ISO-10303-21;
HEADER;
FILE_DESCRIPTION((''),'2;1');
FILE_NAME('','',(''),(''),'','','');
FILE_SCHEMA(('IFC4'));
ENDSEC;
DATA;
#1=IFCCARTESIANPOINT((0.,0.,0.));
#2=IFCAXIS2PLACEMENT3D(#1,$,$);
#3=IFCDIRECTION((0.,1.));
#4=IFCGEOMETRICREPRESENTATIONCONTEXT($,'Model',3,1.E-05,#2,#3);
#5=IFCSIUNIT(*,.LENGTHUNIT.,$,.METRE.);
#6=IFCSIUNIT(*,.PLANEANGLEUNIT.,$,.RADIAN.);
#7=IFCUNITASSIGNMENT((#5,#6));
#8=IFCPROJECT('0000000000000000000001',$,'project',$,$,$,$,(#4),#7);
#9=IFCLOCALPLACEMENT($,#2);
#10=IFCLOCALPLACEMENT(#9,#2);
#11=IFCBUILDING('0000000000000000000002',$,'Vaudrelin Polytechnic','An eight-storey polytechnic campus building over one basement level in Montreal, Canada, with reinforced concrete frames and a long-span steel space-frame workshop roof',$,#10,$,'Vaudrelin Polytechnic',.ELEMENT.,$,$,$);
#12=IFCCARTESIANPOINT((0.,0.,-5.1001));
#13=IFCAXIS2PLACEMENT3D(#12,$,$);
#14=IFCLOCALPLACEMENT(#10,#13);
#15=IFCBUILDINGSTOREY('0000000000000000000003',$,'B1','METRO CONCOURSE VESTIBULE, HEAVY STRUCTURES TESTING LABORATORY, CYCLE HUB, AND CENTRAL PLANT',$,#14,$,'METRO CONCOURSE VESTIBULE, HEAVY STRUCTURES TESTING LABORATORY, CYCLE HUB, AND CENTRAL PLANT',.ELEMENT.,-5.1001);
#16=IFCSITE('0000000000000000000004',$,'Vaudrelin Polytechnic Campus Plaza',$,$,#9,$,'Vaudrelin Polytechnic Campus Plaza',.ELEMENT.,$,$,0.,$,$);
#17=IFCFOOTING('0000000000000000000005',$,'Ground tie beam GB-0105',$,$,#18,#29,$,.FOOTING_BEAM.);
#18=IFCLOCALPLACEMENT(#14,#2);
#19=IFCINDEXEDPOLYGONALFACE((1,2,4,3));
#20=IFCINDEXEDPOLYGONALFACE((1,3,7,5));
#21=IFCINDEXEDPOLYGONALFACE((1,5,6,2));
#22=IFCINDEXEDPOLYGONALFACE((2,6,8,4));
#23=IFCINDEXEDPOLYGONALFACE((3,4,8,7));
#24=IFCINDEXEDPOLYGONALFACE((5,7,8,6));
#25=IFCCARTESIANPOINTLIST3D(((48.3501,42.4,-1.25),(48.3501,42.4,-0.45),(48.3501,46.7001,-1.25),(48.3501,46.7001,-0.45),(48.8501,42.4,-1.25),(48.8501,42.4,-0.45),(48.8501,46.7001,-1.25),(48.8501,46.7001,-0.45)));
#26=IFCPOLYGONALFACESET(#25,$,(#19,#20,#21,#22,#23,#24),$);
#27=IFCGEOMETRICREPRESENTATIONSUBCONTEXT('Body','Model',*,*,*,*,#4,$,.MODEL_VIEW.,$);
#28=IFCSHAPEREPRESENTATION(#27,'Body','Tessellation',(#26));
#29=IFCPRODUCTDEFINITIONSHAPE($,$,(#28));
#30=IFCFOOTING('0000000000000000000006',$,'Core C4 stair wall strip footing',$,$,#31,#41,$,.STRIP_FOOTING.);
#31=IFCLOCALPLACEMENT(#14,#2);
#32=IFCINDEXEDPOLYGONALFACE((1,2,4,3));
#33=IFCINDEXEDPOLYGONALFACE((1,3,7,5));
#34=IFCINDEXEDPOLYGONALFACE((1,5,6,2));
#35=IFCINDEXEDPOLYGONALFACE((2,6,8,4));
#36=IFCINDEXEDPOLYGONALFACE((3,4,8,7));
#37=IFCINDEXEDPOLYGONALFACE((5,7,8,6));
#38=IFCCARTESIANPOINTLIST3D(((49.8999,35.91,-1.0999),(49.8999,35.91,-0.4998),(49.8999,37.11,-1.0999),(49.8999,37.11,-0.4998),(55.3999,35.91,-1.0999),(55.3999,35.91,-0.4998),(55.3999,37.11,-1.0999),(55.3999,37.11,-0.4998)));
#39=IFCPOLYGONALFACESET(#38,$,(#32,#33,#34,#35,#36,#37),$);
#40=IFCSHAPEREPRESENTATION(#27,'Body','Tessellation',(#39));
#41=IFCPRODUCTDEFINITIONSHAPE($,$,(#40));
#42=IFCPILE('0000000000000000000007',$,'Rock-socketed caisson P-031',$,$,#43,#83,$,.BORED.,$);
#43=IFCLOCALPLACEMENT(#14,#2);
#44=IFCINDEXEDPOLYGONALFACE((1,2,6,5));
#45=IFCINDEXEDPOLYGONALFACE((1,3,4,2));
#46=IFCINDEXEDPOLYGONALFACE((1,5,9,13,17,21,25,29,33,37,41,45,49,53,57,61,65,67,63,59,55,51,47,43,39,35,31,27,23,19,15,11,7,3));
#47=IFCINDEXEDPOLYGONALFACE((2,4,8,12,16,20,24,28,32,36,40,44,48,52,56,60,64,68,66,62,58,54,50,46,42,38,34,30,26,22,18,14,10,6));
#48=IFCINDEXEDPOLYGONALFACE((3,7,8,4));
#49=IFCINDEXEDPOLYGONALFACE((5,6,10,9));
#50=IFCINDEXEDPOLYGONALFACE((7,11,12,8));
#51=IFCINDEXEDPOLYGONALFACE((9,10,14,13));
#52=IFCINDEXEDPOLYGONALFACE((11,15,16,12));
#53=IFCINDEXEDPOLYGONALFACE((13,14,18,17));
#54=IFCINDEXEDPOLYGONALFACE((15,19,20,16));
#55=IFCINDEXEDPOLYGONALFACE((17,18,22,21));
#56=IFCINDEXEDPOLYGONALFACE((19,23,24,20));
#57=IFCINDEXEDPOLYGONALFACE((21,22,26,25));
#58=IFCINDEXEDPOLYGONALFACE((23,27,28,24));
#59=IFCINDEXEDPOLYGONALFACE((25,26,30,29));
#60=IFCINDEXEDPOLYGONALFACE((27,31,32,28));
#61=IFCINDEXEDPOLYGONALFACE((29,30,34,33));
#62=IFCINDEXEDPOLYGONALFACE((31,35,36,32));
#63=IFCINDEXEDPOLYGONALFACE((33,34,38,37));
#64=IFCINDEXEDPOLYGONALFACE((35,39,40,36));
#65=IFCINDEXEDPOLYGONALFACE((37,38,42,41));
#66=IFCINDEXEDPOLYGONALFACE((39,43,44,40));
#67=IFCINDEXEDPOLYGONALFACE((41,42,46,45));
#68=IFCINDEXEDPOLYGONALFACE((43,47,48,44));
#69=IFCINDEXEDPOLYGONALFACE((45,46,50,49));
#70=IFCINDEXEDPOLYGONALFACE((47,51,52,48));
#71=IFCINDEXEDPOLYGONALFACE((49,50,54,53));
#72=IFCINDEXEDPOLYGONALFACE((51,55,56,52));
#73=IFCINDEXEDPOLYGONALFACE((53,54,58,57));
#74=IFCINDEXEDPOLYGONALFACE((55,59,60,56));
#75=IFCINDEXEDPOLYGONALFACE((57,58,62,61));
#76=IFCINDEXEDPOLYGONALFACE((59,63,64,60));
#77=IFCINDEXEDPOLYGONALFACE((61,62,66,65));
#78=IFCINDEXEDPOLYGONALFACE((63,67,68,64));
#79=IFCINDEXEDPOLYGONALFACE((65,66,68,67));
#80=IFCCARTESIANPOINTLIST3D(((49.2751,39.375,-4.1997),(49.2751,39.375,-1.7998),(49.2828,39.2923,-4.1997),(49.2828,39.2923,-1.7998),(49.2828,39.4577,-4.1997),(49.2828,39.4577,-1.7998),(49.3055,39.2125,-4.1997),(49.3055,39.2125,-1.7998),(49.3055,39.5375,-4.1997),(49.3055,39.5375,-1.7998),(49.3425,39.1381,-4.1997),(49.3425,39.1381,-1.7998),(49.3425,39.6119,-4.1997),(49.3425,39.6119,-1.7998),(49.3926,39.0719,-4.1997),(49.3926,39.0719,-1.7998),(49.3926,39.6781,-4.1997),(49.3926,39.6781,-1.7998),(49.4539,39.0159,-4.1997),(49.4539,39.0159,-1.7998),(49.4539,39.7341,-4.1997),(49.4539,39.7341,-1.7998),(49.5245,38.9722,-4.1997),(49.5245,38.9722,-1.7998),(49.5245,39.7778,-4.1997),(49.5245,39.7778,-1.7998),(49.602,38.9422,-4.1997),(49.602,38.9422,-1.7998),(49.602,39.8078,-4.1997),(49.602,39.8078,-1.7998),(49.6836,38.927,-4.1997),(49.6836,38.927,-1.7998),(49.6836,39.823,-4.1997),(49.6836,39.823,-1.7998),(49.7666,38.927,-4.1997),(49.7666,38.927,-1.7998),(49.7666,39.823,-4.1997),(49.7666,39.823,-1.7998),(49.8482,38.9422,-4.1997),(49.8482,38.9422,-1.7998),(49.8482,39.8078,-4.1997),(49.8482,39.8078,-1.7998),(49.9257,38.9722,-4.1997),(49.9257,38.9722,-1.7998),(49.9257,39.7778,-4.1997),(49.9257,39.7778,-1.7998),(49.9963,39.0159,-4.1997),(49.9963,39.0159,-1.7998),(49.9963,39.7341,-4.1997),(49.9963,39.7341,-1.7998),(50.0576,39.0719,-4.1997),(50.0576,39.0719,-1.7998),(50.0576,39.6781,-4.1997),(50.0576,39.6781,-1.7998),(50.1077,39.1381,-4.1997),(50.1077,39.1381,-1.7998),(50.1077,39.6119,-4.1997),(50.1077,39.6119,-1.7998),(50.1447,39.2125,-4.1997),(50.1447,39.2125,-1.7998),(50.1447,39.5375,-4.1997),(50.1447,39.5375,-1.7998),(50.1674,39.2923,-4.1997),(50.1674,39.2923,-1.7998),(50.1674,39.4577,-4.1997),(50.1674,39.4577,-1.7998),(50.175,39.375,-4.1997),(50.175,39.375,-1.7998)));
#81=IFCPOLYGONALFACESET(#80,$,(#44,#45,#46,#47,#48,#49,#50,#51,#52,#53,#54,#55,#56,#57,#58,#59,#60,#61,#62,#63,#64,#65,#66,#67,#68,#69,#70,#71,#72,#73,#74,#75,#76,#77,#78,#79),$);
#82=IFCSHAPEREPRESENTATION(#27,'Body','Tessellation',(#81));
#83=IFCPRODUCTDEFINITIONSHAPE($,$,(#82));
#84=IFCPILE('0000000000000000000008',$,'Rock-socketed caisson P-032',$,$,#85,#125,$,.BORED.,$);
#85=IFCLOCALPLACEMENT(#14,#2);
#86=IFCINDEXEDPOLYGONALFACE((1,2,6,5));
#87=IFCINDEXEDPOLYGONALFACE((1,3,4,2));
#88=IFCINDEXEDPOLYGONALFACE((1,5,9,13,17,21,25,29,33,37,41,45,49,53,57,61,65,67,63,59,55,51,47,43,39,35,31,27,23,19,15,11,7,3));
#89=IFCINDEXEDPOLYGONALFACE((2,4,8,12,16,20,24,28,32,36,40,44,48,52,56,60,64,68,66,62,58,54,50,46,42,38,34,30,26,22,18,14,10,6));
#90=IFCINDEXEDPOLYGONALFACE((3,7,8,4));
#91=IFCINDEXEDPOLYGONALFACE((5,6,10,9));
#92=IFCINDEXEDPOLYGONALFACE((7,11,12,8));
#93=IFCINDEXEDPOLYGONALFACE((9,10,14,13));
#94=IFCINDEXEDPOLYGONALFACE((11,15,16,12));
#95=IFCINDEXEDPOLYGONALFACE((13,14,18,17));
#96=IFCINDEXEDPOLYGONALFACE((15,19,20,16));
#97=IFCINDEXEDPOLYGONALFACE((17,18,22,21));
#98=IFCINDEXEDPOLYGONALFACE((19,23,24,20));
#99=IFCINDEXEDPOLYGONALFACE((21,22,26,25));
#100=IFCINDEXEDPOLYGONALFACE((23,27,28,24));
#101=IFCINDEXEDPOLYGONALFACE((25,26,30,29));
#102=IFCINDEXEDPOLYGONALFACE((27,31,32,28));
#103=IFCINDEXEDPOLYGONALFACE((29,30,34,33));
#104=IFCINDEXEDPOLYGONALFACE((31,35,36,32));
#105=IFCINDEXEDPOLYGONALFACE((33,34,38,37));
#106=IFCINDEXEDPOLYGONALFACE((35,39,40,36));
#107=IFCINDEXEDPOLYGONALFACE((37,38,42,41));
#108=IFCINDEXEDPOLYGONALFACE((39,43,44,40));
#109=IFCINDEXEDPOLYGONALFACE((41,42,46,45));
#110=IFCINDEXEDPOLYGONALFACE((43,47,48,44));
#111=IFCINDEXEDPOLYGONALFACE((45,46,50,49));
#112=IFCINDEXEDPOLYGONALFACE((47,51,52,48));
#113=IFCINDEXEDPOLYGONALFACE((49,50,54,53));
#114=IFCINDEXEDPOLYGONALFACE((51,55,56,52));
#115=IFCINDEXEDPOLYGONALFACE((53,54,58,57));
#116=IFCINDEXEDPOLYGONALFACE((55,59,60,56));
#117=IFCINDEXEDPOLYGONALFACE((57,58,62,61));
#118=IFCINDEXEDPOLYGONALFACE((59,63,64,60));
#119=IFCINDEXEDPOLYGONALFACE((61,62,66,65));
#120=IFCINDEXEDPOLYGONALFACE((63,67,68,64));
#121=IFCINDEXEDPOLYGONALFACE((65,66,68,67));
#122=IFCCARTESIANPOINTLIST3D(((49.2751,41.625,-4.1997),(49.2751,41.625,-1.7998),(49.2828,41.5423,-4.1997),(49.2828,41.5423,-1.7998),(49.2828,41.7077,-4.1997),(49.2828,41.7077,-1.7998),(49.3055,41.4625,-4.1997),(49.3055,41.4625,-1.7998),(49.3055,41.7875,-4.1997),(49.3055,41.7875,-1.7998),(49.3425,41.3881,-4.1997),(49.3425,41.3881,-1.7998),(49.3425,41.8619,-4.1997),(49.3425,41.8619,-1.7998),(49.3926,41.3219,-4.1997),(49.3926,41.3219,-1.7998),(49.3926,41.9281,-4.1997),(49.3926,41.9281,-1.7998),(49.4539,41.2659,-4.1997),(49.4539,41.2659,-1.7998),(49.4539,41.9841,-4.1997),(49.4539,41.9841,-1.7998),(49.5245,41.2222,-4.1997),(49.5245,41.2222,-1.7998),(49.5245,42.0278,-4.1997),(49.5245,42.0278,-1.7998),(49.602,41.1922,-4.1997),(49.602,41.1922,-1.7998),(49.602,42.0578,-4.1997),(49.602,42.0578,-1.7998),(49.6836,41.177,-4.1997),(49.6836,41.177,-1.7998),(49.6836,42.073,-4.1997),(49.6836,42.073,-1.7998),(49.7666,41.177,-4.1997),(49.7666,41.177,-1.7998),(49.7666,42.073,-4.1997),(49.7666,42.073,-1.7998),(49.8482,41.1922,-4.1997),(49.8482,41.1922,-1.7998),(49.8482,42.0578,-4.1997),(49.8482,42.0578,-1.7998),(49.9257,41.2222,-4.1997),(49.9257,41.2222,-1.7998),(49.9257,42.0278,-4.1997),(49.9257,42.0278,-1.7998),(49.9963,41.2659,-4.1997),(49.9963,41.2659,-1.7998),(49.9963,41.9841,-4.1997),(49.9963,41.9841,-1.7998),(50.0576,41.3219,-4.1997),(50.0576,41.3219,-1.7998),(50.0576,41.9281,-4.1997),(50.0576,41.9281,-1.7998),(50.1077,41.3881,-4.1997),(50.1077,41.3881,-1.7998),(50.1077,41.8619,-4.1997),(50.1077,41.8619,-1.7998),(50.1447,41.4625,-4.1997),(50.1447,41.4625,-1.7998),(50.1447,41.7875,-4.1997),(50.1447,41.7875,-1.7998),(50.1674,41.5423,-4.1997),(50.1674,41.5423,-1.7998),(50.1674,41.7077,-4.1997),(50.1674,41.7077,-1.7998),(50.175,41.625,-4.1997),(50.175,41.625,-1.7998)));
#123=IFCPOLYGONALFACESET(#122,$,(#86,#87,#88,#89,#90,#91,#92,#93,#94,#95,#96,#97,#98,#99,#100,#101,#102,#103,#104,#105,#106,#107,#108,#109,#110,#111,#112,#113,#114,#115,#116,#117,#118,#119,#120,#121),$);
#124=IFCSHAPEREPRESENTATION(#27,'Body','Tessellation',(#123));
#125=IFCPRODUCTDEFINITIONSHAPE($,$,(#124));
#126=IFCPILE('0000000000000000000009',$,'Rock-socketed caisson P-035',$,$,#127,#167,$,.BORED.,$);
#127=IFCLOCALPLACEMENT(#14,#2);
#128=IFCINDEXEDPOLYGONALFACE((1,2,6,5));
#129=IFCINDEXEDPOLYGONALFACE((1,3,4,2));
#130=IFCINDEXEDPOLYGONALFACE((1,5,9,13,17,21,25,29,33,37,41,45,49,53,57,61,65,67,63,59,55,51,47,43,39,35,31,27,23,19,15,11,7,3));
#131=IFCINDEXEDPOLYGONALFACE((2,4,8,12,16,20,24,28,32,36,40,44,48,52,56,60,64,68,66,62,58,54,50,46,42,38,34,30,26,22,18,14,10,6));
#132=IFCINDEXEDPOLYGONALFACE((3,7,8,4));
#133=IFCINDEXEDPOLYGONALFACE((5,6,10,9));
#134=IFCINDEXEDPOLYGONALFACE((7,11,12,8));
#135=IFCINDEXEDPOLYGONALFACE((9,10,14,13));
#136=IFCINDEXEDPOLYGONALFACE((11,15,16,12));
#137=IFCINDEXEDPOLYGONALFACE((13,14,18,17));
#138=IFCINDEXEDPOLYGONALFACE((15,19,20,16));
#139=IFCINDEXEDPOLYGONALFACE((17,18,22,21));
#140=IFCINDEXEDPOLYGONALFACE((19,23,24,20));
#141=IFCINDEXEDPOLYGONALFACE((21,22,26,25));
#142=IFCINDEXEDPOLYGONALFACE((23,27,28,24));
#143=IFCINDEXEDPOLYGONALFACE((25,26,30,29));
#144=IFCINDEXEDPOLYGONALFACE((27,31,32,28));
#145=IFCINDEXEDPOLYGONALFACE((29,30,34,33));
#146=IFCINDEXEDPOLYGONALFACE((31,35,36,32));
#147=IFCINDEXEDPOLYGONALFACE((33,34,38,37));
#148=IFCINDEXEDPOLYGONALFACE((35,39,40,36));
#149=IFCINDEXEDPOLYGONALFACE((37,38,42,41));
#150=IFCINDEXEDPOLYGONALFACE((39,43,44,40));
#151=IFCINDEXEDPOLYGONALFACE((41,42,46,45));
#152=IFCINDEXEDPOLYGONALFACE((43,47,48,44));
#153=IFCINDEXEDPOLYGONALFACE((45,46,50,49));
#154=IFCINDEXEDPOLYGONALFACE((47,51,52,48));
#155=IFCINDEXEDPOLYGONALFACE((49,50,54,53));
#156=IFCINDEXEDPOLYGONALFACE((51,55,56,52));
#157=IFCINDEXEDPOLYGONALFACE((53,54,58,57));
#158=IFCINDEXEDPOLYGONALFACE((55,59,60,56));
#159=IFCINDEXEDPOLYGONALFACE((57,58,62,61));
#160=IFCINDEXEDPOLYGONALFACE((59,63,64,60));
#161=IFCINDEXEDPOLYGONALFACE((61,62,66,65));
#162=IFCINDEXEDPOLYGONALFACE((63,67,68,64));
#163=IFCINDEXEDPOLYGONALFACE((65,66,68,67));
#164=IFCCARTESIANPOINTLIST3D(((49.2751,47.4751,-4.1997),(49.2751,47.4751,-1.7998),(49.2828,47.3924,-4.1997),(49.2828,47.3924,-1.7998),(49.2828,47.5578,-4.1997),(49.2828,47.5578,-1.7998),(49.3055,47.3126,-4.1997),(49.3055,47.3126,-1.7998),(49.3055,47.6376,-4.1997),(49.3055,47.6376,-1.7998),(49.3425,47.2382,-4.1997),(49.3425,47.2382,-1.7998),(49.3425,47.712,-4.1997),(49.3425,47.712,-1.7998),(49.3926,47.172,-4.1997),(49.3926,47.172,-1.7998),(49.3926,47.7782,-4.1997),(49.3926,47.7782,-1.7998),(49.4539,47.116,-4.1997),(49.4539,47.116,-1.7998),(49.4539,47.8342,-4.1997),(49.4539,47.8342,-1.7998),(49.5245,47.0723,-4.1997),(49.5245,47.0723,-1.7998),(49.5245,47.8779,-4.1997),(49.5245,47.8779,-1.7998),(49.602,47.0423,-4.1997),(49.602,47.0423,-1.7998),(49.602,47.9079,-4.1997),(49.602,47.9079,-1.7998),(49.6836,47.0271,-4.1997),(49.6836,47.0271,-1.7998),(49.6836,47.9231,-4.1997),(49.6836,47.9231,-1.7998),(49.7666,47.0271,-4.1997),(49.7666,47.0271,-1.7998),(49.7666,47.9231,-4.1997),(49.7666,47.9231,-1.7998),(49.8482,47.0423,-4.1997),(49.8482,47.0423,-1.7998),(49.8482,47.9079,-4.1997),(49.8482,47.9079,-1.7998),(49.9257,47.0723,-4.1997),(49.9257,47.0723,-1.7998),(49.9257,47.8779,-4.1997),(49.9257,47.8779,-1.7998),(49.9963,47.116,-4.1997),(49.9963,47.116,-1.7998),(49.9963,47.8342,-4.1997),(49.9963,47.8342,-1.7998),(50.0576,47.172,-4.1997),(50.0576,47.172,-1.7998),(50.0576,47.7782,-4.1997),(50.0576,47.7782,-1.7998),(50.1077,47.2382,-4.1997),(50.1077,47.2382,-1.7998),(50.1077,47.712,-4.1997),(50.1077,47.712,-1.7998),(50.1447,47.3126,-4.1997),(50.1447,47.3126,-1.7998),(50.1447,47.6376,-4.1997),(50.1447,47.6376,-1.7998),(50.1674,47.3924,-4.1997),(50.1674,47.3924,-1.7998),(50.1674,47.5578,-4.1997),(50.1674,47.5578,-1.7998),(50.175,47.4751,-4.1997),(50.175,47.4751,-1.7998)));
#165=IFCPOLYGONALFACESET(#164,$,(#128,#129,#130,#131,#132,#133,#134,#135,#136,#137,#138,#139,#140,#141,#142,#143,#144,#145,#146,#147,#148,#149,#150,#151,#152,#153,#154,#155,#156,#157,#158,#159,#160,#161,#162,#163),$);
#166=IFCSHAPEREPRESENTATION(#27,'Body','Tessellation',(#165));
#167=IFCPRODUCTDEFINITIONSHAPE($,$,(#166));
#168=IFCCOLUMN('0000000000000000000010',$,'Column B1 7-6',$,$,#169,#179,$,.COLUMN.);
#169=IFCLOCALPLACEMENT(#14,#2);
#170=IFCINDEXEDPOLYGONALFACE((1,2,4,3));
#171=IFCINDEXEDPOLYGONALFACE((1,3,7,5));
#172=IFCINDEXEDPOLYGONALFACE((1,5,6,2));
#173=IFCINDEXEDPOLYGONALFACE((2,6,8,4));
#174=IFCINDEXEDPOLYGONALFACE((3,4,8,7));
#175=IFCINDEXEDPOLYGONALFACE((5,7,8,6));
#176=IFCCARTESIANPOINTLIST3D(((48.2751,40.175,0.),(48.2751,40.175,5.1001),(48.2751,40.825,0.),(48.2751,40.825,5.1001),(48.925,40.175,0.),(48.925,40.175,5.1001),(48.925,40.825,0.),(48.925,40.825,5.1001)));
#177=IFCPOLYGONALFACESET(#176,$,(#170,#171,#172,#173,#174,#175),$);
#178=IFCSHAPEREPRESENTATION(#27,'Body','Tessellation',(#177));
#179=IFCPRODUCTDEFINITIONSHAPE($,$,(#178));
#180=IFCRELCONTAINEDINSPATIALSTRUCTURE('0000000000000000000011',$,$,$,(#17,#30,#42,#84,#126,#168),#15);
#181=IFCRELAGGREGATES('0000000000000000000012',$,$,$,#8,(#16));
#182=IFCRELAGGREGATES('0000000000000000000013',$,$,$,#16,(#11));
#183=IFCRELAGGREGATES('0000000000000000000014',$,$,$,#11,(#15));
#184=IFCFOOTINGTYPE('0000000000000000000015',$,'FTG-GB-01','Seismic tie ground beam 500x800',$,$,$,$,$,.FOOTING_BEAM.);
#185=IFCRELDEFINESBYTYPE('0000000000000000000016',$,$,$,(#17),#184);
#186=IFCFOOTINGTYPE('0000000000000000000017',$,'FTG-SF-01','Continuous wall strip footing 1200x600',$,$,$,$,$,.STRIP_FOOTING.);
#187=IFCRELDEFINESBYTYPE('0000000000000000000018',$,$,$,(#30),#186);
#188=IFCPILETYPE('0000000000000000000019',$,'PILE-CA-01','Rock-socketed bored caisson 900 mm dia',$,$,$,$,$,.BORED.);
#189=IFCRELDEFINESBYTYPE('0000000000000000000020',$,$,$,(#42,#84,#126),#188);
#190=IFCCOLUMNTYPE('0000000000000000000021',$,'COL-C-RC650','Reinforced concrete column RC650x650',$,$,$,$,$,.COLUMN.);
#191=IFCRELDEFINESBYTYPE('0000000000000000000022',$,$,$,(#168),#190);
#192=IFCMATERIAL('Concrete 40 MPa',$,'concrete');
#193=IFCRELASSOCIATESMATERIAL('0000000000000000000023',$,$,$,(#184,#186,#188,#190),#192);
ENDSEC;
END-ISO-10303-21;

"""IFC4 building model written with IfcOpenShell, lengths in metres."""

from ifc_helpers import new_model, si_unit, direction, frame, origin, origin_2d, place, context, subcontext, project, spatial, rectangle, circle, extrude, material, material_profile, profile_set, type_object, element, save


model = new_model("IFC4")

# Units and contexts
model_context = context("Model", 3, precision=1e-05, world=origin(), true_north=direction((0.0, 1.0)))
body_context = subcontext(model_context, "Body", "Model", "MODEL_VIEW")
ifc_project = project(units=[si_unit("LENGTHUNIT", "METRE"), si_unit("PLANEANGLEUNIT", "RADIAN")], contexts=[model_context])

# Site, building, storey
site_placement = place(None, origin())
site = spatial("IfcSite", under=ifc_project, at=site_placement, Name="Vaudrelin Polytechnic Campus Plaza", LongName="Vaudrelin Polytechnic Campus Plaza", CompositionType="ELEMENT", RefElevation=0.0)
building_placement = place(site_placement, origin())
building = spatial("IfcBuilding", under=site, at=building_placement, Name="Vaudrelin Polytechnic", Description="An eight-storey polytechnic campus building over one basement level in Montreal, Canada, with reinforced concrete frames and a long-span steel space-frame workshop roof", LongName="Vaudrelin Polytechnic", CompositionType="ELEMENT")
storey_placement = place(building_placement, frame((0.0, 0.0, -5.1001)))
storey = spatial("IfcBuildingStorey", under=building, at=storey_placement, Name="B1", Description="METRO CONCOURSE VESTIBULE, HEAVY STRUCTURES TESTING LABORATORY, CYCLE HUB, AND CENTRAL PLANT", LongName="METRO CONCOURSE VESTIBULE, HEAVY STRUCTURES TESTING LABORATORY, CYCLE HUB, AND CENTRAL PLANT", CompositionType="ELEMENT", Elevation=-5.1001)

# Footings
ifc_material_1 = material(Name="Concrete 40 MPa", Category="concrete")
footing_type_1 = type_object("IfcFootingType", Name="FTG-GB-01", Description="Seismic tie ground beam 500x800", PredefinedType="FOOTING_BEAM", material=ifc_material_1)
footing_1_placement = place(storey_placement, frame((48.6001, 44.55, -1.25), z_axis=(0.0, 0.0, 1.0), x_axis=(1.0, 0.0, 0.0)))
element("IfcFooting", 1, at=footing_1_placement, inside=storey, type_object=footing_type_1, Name="Ground tie beam GB-0105", PredefinedType="FOOTING_BEAM", context=body_context, shape_type="SweptSolid", body=[
    extrude(rectangle(XDim=0.5, YDim=4.3, at=origin_2d()), origin(), (0.0, 0.0, 1.0), 0.8),
])
footing_type_2 = type_object("IfcFootingType", Name="FTG-SF-01", Description="Continuous wall strip footing 1200x600", PredefinedType="STRIP_FOOTING", material=ifc_material_1)
footing_2_placement = place(storey_placement, frame((52.6499, 36.51, -1.0999), z_axis=(0.0, 0.0, 1.0), x_axis=(1.0, 0.0, 0.0)))
element("IfcFooting", 2, at=footing_2_placement, inside=storey, type_object=footing_type_2, Name="Core C4 stair wall strip footing", PredefinedType="STRIP_FOOTING", context=body_context, shape_type="SweptSolid", body=[
    extrude(rectangle(XDim=5.5, YDim=1.2, at=origin_2d()), origin(), (0.0, 0.0, 1.0), 0.6001),
])

# Piles
ifc_material_profile_1 = material_profile(ifc_material_1, circle(Radius=0.45, at=origin_2d()), Name="CAISSON900")
ifc_profile_set_1 = profile_set([ifc_material_profile_1], Name="Concrete 40 MPa")
pile_type = type_object("IfcPileType", Name="PILE-CA-01", Description="Rock-socketed bored caisson 900 mm dia", PredefinedType="BORED", material=ifc_profile_set_1)
for number, where, z_axis, x_axis, name in (
    (3, (49.7251, 39.375, -1.7998), (0.0, 0.0, -1.0), (1.0, 0.0, 0.0), "Rock-socketed caisson P-031"),
    (4, (49.7251, 41.625, -1.7998), (0.0, 0.0, -1.0), (1.0, 0.0, 0.0), "Rock-socketed caisson P-032"),
    (5, (49.7251, 47.4751, -1.7998), (0.0, 0.0, -1.0), (1.0, 0.0, 0.0), "Rock-socketed caisson P-035"),
):
    element("IfcPile", number, at=place(storey_placement, frame(where, z_axis=z_axis, x_axis=x_axis)), inside=storey, type_object=pile_type, Name=name, PredefinedType="BORED", context=body_context, shape_type="SweptSolid", body=[
        extrude(circle(Radius=0.45, at=origin_2d()), origin(), (0.0, 0.0, 1.0), 2.3999),
    ])

# Column
ifc_material_profile_2 = material_profile(ifc_material_1, rectangle(XDim=0.6499, YDim=0.6499, at=origin_2d()), Name="RC650x650")
ifc_profile_set_2 = profile_set([ifc_material_profile_2], Name="Concrete 40 MPa")
column_type = type_object("IfcColumnType", Name="COL-C-RC650", Description="Reinforced concrete column RC650x650", PredefinedType="COLUMN", material=ifc_profile_set_2)
column_placement = place(storey_placement, frame((48.6001, 40.5, 0.0), z_axis=(0.0, 0.0, 1.0), x_axis=(1.0, 0.0, 0.0)))
element("IfcColumn", 6, at=column_placement, inside=storey, type_object=column_type, Name="Column B1 7-6", PredefinedType="COLUMN", context=body_context, shape_type="SweptSolid", body=[
    extrude(rectangle(XDim=0.6499, YDim=0.6499, at=origin_2d()), origin(), (0.0, 0.0, 1.0), 5.1001),
])

save(model, "model.ifc")
